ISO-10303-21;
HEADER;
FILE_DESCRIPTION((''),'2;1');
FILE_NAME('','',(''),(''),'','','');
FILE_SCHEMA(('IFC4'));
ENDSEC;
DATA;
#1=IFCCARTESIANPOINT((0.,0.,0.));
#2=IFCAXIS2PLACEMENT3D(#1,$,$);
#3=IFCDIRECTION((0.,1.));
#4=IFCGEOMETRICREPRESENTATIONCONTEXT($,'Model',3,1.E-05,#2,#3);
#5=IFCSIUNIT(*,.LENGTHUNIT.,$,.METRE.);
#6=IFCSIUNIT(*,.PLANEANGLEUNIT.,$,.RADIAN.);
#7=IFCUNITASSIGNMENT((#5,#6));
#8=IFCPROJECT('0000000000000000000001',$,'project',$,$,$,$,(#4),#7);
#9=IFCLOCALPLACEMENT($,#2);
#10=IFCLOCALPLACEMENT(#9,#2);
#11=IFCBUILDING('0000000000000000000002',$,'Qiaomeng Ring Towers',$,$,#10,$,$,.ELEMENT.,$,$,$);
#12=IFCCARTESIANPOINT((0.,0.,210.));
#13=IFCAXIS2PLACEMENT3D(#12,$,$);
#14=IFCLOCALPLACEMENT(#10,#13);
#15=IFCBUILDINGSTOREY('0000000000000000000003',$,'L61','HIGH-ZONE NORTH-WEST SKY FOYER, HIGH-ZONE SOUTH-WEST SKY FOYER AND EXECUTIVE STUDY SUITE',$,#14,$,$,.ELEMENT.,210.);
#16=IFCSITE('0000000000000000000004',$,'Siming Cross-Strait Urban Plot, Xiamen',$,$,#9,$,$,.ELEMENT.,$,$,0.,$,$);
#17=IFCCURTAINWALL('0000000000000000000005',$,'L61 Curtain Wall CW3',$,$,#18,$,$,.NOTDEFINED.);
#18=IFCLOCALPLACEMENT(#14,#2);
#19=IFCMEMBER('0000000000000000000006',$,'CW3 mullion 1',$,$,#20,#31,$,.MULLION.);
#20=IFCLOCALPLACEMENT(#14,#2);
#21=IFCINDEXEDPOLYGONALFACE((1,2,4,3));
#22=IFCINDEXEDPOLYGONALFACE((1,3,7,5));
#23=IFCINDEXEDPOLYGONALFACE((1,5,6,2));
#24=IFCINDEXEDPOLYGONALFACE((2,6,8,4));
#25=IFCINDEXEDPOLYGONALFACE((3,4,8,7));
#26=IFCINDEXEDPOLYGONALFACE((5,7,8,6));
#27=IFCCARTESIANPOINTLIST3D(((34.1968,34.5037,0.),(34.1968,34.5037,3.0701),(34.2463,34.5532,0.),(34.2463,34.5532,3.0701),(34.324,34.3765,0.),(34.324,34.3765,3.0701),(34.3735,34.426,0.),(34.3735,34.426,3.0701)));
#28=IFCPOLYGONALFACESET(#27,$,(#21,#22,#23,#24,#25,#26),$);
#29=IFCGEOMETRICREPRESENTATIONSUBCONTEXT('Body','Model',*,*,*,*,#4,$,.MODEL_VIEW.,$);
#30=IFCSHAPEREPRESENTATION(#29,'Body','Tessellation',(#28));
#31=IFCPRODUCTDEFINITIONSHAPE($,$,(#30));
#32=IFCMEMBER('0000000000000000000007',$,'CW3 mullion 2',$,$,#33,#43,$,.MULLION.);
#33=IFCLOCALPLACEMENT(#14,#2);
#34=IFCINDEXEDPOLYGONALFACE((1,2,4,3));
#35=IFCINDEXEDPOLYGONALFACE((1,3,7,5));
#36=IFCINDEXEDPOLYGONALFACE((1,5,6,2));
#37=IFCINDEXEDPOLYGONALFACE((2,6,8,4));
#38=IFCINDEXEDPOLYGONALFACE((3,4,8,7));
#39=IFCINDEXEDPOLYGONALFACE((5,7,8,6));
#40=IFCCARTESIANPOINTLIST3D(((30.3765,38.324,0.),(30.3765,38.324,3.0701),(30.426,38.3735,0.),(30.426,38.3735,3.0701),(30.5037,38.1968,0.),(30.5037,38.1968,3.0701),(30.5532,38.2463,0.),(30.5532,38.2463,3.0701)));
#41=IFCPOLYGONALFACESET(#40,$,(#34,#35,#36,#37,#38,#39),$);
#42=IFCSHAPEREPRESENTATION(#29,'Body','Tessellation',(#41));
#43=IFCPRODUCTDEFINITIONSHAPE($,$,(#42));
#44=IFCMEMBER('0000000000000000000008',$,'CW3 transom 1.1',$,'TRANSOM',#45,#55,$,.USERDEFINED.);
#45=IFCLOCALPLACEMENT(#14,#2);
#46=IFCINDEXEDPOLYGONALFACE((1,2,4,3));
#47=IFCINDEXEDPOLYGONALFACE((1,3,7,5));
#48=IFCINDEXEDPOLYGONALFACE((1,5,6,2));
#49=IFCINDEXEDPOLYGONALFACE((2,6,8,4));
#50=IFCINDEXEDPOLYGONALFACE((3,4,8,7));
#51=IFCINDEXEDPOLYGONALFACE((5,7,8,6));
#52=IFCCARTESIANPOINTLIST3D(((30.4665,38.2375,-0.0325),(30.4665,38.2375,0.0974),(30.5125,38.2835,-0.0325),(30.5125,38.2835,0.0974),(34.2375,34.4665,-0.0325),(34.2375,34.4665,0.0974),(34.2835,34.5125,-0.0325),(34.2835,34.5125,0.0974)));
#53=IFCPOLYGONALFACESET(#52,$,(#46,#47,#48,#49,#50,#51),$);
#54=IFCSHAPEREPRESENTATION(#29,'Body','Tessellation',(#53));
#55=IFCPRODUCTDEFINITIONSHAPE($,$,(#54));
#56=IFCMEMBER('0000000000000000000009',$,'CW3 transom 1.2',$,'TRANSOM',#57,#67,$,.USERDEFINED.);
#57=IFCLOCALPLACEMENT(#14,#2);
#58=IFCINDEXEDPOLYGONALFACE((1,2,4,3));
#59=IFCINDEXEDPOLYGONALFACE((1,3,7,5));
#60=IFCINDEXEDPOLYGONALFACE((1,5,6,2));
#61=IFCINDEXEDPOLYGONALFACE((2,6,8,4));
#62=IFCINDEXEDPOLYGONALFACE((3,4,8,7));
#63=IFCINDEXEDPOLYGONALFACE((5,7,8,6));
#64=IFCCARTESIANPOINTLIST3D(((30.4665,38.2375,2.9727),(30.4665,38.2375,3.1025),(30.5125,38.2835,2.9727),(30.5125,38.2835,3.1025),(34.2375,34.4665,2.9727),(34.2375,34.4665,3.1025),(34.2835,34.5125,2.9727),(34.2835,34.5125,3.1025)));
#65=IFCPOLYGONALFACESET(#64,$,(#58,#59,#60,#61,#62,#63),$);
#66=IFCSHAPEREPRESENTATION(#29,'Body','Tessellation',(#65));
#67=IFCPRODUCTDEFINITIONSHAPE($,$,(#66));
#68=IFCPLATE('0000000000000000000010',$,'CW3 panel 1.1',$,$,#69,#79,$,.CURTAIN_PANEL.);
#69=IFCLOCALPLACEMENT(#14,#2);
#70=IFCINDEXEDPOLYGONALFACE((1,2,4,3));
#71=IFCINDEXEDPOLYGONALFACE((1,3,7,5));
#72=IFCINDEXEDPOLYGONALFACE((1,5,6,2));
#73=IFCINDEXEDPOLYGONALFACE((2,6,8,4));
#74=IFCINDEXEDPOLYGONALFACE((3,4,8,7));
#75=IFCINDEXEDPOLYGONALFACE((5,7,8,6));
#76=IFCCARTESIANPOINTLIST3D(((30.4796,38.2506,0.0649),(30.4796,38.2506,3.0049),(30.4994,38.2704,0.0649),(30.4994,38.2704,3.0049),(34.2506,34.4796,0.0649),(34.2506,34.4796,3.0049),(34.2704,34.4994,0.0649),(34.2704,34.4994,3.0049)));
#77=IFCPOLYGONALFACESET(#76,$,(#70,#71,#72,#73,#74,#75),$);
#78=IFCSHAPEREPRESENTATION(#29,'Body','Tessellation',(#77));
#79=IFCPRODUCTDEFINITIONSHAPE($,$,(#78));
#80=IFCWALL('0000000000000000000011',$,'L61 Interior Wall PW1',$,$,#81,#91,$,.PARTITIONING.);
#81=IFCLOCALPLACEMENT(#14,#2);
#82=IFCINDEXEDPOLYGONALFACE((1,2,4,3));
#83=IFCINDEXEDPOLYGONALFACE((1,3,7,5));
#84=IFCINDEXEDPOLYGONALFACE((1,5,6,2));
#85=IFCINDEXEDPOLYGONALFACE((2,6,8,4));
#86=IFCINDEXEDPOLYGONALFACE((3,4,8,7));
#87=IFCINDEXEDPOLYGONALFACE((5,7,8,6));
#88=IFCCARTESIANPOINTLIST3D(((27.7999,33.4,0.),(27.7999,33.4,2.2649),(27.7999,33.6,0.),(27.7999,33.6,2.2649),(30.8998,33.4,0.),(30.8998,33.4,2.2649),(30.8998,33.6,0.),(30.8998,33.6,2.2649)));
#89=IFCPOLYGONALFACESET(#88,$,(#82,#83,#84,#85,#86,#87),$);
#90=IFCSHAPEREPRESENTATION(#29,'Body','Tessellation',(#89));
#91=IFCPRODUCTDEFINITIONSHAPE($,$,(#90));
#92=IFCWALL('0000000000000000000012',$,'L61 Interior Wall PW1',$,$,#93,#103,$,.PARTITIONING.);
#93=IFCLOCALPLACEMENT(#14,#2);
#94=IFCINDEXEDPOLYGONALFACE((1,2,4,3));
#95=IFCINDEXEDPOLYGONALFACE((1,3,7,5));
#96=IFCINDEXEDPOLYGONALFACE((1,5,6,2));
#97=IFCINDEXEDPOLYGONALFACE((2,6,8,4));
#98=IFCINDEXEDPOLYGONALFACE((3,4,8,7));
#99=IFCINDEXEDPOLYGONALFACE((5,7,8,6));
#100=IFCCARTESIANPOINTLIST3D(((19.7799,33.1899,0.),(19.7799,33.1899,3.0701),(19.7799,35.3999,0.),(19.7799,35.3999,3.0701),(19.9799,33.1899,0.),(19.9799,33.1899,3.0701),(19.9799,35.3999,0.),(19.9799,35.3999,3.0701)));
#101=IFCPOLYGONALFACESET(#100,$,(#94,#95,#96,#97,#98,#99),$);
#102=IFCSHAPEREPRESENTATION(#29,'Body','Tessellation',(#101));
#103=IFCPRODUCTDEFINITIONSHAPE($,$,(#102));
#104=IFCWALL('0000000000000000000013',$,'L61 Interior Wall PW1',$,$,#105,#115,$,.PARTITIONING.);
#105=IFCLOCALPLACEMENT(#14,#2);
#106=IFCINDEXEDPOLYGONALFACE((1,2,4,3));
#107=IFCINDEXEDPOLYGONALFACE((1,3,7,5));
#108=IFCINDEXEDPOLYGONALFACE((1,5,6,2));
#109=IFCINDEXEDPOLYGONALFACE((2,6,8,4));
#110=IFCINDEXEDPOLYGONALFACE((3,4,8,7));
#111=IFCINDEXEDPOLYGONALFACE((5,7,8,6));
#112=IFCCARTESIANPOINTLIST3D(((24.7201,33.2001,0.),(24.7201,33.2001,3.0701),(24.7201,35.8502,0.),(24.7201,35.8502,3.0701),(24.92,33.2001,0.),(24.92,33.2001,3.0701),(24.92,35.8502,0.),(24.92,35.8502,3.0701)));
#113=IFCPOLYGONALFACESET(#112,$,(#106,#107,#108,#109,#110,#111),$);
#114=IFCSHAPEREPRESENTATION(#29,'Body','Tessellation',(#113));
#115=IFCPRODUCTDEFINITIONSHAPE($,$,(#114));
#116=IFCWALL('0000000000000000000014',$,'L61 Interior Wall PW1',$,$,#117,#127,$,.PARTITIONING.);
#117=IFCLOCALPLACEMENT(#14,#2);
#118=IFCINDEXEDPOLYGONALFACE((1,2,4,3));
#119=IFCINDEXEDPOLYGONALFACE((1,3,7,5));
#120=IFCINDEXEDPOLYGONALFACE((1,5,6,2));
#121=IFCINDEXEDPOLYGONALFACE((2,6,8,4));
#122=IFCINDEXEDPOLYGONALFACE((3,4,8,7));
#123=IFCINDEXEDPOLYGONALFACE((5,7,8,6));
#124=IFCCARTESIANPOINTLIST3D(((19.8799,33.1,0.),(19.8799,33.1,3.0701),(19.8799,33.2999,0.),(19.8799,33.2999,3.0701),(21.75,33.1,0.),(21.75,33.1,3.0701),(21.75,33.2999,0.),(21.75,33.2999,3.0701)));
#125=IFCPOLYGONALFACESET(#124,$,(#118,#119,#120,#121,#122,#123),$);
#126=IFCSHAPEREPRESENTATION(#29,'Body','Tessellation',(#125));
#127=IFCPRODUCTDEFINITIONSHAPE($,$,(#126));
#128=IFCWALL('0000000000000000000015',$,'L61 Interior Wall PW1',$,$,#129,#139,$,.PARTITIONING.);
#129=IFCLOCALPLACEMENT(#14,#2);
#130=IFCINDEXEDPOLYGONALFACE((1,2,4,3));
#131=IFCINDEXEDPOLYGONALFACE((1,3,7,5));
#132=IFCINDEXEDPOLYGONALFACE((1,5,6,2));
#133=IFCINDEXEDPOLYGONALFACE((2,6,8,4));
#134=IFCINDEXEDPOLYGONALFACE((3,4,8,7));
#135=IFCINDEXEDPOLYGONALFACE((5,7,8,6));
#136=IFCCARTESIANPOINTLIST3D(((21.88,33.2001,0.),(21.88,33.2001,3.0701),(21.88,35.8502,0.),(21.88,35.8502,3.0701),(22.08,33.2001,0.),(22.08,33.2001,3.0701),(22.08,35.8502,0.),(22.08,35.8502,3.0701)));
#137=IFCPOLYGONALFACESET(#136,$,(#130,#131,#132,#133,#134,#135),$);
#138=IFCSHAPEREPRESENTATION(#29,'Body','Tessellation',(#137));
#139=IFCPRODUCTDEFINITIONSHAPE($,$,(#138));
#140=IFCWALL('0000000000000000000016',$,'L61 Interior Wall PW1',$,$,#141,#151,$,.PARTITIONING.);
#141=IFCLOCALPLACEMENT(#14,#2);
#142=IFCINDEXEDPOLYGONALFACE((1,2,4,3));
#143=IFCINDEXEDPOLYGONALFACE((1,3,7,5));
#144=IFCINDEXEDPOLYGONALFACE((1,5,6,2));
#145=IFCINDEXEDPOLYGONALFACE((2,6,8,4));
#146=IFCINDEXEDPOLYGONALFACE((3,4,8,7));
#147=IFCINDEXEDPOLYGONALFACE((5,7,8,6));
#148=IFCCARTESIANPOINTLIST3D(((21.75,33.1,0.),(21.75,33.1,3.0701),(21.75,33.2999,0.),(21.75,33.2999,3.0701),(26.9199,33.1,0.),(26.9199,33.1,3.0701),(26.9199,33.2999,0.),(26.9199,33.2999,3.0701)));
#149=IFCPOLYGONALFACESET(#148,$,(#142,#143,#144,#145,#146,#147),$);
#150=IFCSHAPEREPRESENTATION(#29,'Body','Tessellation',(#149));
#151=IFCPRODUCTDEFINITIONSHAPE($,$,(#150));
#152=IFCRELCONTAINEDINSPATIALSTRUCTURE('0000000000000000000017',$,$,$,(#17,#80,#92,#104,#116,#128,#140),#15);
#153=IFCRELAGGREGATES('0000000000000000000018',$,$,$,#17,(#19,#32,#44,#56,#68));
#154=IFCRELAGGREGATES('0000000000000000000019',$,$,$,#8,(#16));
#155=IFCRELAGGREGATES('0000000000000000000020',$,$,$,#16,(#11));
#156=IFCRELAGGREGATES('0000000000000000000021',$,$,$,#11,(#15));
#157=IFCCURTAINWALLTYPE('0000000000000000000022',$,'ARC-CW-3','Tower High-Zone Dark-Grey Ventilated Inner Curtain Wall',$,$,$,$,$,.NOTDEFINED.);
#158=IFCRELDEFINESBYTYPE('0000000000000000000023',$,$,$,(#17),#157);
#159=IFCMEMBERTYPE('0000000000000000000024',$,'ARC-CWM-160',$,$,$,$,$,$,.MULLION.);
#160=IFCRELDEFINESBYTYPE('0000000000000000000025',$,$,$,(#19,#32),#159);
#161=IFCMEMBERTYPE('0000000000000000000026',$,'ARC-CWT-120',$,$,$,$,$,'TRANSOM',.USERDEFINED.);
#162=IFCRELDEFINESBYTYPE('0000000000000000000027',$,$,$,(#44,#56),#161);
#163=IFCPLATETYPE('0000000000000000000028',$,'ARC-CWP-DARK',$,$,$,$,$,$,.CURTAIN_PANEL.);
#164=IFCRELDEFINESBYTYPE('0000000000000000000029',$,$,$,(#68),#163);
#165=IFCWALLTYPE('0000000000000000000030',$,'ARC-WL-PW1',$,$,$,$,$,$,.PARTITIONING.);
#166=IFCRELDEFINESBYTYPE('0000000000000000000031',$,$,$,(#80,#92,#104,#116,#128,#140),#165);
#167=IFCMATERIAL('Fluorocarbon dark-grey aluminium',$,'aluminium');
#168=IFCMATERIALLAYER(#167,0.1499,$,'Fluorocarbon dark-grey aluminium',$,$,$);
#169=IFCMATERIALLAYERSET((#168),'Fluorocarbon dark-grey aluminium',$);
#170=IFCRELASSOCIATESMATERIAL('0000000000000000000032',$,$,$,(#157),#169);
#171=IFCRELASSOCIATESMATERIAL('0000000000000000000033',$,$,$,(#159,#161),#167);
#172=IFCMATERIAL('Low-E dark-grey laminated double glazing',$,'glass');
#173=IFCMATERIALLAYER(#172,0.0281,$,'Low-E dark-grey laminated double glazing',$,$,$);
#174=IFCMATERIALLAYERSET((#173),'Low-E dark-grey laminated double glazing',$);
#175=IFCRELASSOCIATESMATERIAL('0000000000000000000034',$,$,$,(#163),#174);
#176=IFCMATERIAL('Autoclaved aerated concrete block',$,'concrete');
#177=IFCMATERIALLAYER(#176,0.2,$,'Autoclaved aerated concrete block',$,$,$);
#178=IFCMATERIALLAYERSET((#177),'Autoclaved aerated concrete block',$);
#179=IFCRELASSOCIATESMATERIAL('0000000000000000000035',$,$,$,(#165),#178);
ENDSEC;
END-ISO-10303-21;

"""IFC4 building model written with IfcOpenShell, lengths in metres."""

from ifc_helpers import new_model, si_unit, direction, frame, frame_2d, origin, origin_2d, place, context, subcontext, project, spatial, rectangle, extrude, source, transform, mapped, material, layer, layer_set, material_profile, profile_set, type_object, element, aggregate, save


model = new_model("IFC4")

# Units and contexts
model_context = context("Model", 3, precision=1e-05, world=origin(), true_north=direction((0.0, 1.0)))
body_context = subcontext(model_context, "Body", "Model", "MODEL_VIEW")
ifc_project = project(units=[si_unit("LENGTHUNIT", "METRE"), si_unit("PLANEANGLEUNIT", "RADIAN")], contexts=[model_context])

# Site, building, storey
site_placement = place(None, origin())
site = spatial("IfcSite", under=ifc_project, at=site_placement, Name="Siming Cross-Strait Urban Plot, Xiamen", CompositionType="ELEMENT", RefElevation=0.0)
building_placement = place(site_placement, origin())
building = spatial("IfcBuilding", under=site, at=building_placement, Name="Qiaomeng Ring Towers", CompositionType="ELEMENT")
storey_placement = place(building_placement, frame((0.0, 0.0, 210.0)))
storey = spatial("IfcBuildingStorey", under=building, at=storey_placement, Name="L61", Description="HIGH-ZONE NORTH-WEST SKY FOYER, HIGH-ZONE SOUTH-WEST SKY FOYER AND EXECUTIVE STUDY SUITE", CompositionType="ELEMENT", Elevation=210.0)

# Curtain wall, members, plate
ifc_material_1 = material(Name="Fluorocarbon dark-grey aluminium", Category="aluminium")
ifc_layer_1 = layer(ifc_material_1, 0.1499, Name="Fluorocarbon dark-grey aluminium")
ifc_layer_set_1 = layer_set([ifc_layer_1], Name="Fluorocarbon dark-grey aluminium")
curtain_wall_type = type_object("IfcCurtainWallType", Name="ARC-CW-3", Description="Tower High-Zone Dark-Grey Ventilated Inner Curtain Wall", PredefinedType="NOTDEFINED", material=ifc_layer_set_1)
curtain_wall_placement = place(storey_placement, origin())
curtain_wall = element("IfcCurtainWall", 1, at=curtain_wall_placement, inside=storey, type_object=curtain_wall_type, Name="L61 Curtain Wall CW3", PredefinedType="NOTDEFINED")
ifc_material_profile_1 = material_profile(ifc_material_1, rectangle(XDim=0.0701, YDim=0.1799, at=origin_2d()), Name="ALU MULL 70x180")
ifc_profile_set_1 = profile_set([ifc_material_profile_1], Name="Fluorocarbon dark-grey aluminium")
member_type_1 = type_object("IfcMemberType", Name="ARC-CWM-160", PredefinedType="MULLION", material=ifc_profile_set_1)
shared_shape_1 = source(origin(), body_context, "Body", "SweptSolid", [
    extrude(rectangle(XDim=0.0701, YDim=0.1799, at=origin_2d()), origin(), (0.0, 0.0, 1.0), 3.0701),
])
member_1_placement = place(storey_placement, frame((34.2852, 34.4648, 0.0), z_axis=(0.0, 0.0, 1.0), x_axis=(-0.707107, -0.707107, 0.0)))
member_1 = element("IfcMember", 2, at=member_1_placement, type_object=member_type_1, Name="CW3 mullion 1", PredefinedType="MULLION", context=body_context, shape_type="MappedRepresentation", body=[
    mapped(shared_shape_1, transform((0.0, 0.0, 0.0), x_axis=(1.0, 0.0, 0.0), y_axis=(0.0, 1.0, 0.0), z_axis=(0.0, 0.0, 1.0), scale=1.0)),
])
member_2_placement = place(storey_placement, frame((30.4648, 38.2852, 0.0), z_axis=(0.0, 0.0, 1.0), x_axis=(-0.707107, -0.707107, 0.0)))
member_2 = element("IfcMember", 3, at=member_2_placement, type_object=member_type_1, Name="CW3 mullion 2", PredefinedType="MULLION", context=body_context, shape_type="MappedRepresentation", body=[
    mapped(shared_shape_1, transform((0.0, 0.0, 0.0), x_axis=(1.0, 0.0, 0.0), y_axis=(0.0, 1.0, 0.0), z_axis=(0.0, 0.0, 1.0), scale=1.0)),
])
ifc_material_profile_2 = material_profile(ifc_material_1, rectangle(XDim=0.0649, YDim=0.1299, at=origin_2d()), Name="ALU TRAN 65x130")
ifc_profile_set_2 = profile_set([ifc_material_profile_2], Name="Fluorocarbon dark-grey aluminium")
member_type_2 = type_object("IfcMemberType", Name="ARC-CWT-120", ElementType="TRANSOM", PredefinedType="USERDEFINED", material=ifc_profile_set_2)
shared_shape_2 = source(origin(), body_context, "Body", "SweptSolid", [
    extrude(rectangle(XDim=0.0649, YDim=0.1299, at=origin_2d()), origin(), (0.0, 0.0, 1.0), 5.333),
])
member_3_placement = place(storey_placement, frame((34.2605, 34.4895, 0.0325), z_axis=(-0.707107, 0.707107, 0.0), x_axis=(-0.707107, -0.707107, 0.0)))
member_3 = element("IfcMember", 4, at=member_3_placement, type_object=member_type_2, Name="CW3 transom 1.1", ObjectType="TRANSOM", PredefinedType="USERDEFINED", context=body_context, shape_type="MappedRepresentation", body=[
    mapped(shared_shape_2, transform((0.0, 0.0, 0.0), x_axis=(1.0, 0.0, 0.0), y_axis=(0.0, 1.0, 0.0), z_axis=(0.0, 0.0, 1.0), scale=1.0)),
])
member_4_placement = place(storey_placement, frame((34.2605, 34.4895, 3.0376), z_axis=(-0.707107, 0.707107, 0.0), x_axis=(-0.707107, -0.707107, 0.0)))
member_4 = element("IfcMember", 5, at=member_4_placement, type_object=member_type_2, Name="CW3 transom 1.2", ObjectType="TRANSOM", PredefinedType="USERDEFINED", context=body_context, shape_type="MappedRepresentation", body=[
    mapped(shared_shape_2, transform((0.0, 0.0, 0.0), x_axis=(1.0, 0.0, 0.0), y_axis=(0.0, 1.0, 0.0), z_axis=(0.0, 0.0, 1.0), scale=1.0)),
])
ifc_material_2 = material(Name="Low-E dark-grey laminated double glazing", Category="glass")
ifc_layer_2 = layer(ifc_material_2, 0.0281, Name="Low-E dark-grey laminated double glazing")
ifc_layer_set_2 = layer_set([ifc_layer_2], Name="Low-E dark-grey laminated double glazing")
plate_type = type_object("IfcPlateType", Name="ARC-CWP-DARK", PredefinedType="CURTAIN_PANEL", material=ifc_layer_set_2)
shared_shape_3 = source(origin(), body_context, "Body", "SweptSolid", [
    extrude(rectangle(XDim=5.333, YDim=0.0281, at=origin_2d()), origin(), (0.0, 0.0, 1.0), 2.9399),
])
plate_placement = place(storey_placement, frame((32.375, 36.375, 0.0649), z_axis=(0.0, 0.0, 1.0), x_axis=(-0.707107, 0.707107, 0.0)))
plate = element("IfcPlate", 6, at=plate_placement, type_object=plate_type, Name="CW3 panel 1.1", PredefinedType="CURTAIN_PANEL", context=body_context, shape_type="MappedRepresentation", body=[
    mapped(shared_shape_3, transform((0.0, 0.0, 0.0), x_axis=(1.0, 0.0, 0.0), y_axis=(0.0, 1.0, 0.0), z_axis=(0.0, 0.0, 1.0), scale=1.0)),
])
aggregate(curtain_wall, [member_1, member_2, member_3, member_4, plate])

# Walls
ifc_material_3 = material(Name="Autoclaved aerated concrete block", Category="concrete")
ifc_layer_3 = layer(ifc_material_3, 0.2, Name="Autoclaved aerated concrete block")
ifc_layer_set_3 = layer_set([ifc_layer_3], Name="Autoclaved aerated concrete block")
wall_type_1 = type_object("IfcWallType", Name="ARC-WL-PW1", PredefinedType="PARTITIONING", material=ifc_layer_set_3)
wall_1_placement = place(storey_placement, frame((27.8, 33.5, 0.0), z_axis=(0.0, 0.0, 1.0), x_axis=(1.0, 0.0, 0.0)))
element("IfcWall", 7, at=wall_1_placement, inside=storey, type_object=wall_type_1, Name="L61 Interior Wall PW1", PredefinedType="PARTITIONING", context=body_context, shape_type="SweptSolid", body=[
    extrude(rectangle(XDim=3.0999, YDim=0.2, at=frame_2d((1.5498, 0.0))), origin(), (0.0, 0.0, 1.0), 2.2649),
])
wall_2_placement = place(storey_placement, frame((19.8799, 33.1899, 0.0), z_axis=(0.0, 0.0, 1.0), x_axis=(0.0, 1.0, 0.0)))
element("IfcWall", 8, at=wall_2_placement, inside=storey, type_object=wall_type_1, Name="L61 Interior Wall PW1", PredefinedType="PARTITIONING", context=body_context, shape_type="SweptSolid", body=[
    extrude(rectangle(XDim=2.21, YDim=0.2, at=frame_2d((1.105, 0.0))), origin(), (0.0, 0.0, 1.0), 3.0701),
])
wall_3_placement = place(storey_placement, frame((24.8201, 33.2, 0.0), z_axis=(0.0, 0.0, 1.0), x_axis=(0.0, 1.0, 0.0)))
element("IfcWall", 9, at=wall_3_placement, inside=storey, type_object=wall_type_1, Name="L61 Interior Wall PW1", PredefinedType="PARTITIONING", context=body_context, shape_type="SweptSolid", body=[
    extrude(rectangle(XDim=2.6501, YDim=0.2, at=frame_2d((1.3252, 0.0))), origin(), (0.0, 0.0, 1.0), 3.0701),
])
wall_4_placement = place(storey_placement, frame((19.8799, 33.2, 0.0), z_axis=(0.0, 0.0, 1.0), x_axis=(1.0, 0.0, 0.0)))
element("IfcWall", 10, at=wall_4_placement, inside=storey, type_object=wall_type_1, Name="L61 Interior Wall PW1", PredefinedType="PARTITIONING", context=body_context, shape_type="SweptSolid", body=[
    extrude(rectangle(XDim=1.8701, YDim=0.2, at=frame_2d((0.9351, 0.0))), origin(), (0.0, 0.0, 1.0), 3.0701),
])
wall_5_placement = place(storey_placement, frame((21.98, 33.2, 0.0), z_axis=(0.0, 0.0, 1.0), x_axis=(0.0, 1.0, 0.0)))
element("IfcWall", 11, at=wall_5_placement, inside=storey, type_object=wall_type_1, Name="L61 Interior Wall PW1", PredefinedType="PARTITIONING", context=body_context, shape_type="SweptSolid", body=[
    extrude(rectangle(XDim=2.6501, YDim=0.2, at=frame_2d((1.3252, 0.0))), origin(), (0.0, 0.0, 1.0), 3.0701),
])
wall_6_placement = place(storey_placement, frame((21.75, 33.2, 0.0), z_axis=(0.0, 0.0, 1.0), x_axis=(1.0, 0.0, 0.0)))
element("IfcWall", 12, at=wall_6_placement, inside=storey, type_object=wall_type_1, Name="L61 Interior Wall PW1", PredefinedType="PARTITIONING", context=body_context, shape_type="SweptSolid", body=[
    extrude(rectangle(XDim=5.1699, YDim=0.2, at=frame_2d((2.585, 0.0))), origin(), (0.0, 0.0, 1.0), 3.0701),
])

save(model, "model.ifc")
